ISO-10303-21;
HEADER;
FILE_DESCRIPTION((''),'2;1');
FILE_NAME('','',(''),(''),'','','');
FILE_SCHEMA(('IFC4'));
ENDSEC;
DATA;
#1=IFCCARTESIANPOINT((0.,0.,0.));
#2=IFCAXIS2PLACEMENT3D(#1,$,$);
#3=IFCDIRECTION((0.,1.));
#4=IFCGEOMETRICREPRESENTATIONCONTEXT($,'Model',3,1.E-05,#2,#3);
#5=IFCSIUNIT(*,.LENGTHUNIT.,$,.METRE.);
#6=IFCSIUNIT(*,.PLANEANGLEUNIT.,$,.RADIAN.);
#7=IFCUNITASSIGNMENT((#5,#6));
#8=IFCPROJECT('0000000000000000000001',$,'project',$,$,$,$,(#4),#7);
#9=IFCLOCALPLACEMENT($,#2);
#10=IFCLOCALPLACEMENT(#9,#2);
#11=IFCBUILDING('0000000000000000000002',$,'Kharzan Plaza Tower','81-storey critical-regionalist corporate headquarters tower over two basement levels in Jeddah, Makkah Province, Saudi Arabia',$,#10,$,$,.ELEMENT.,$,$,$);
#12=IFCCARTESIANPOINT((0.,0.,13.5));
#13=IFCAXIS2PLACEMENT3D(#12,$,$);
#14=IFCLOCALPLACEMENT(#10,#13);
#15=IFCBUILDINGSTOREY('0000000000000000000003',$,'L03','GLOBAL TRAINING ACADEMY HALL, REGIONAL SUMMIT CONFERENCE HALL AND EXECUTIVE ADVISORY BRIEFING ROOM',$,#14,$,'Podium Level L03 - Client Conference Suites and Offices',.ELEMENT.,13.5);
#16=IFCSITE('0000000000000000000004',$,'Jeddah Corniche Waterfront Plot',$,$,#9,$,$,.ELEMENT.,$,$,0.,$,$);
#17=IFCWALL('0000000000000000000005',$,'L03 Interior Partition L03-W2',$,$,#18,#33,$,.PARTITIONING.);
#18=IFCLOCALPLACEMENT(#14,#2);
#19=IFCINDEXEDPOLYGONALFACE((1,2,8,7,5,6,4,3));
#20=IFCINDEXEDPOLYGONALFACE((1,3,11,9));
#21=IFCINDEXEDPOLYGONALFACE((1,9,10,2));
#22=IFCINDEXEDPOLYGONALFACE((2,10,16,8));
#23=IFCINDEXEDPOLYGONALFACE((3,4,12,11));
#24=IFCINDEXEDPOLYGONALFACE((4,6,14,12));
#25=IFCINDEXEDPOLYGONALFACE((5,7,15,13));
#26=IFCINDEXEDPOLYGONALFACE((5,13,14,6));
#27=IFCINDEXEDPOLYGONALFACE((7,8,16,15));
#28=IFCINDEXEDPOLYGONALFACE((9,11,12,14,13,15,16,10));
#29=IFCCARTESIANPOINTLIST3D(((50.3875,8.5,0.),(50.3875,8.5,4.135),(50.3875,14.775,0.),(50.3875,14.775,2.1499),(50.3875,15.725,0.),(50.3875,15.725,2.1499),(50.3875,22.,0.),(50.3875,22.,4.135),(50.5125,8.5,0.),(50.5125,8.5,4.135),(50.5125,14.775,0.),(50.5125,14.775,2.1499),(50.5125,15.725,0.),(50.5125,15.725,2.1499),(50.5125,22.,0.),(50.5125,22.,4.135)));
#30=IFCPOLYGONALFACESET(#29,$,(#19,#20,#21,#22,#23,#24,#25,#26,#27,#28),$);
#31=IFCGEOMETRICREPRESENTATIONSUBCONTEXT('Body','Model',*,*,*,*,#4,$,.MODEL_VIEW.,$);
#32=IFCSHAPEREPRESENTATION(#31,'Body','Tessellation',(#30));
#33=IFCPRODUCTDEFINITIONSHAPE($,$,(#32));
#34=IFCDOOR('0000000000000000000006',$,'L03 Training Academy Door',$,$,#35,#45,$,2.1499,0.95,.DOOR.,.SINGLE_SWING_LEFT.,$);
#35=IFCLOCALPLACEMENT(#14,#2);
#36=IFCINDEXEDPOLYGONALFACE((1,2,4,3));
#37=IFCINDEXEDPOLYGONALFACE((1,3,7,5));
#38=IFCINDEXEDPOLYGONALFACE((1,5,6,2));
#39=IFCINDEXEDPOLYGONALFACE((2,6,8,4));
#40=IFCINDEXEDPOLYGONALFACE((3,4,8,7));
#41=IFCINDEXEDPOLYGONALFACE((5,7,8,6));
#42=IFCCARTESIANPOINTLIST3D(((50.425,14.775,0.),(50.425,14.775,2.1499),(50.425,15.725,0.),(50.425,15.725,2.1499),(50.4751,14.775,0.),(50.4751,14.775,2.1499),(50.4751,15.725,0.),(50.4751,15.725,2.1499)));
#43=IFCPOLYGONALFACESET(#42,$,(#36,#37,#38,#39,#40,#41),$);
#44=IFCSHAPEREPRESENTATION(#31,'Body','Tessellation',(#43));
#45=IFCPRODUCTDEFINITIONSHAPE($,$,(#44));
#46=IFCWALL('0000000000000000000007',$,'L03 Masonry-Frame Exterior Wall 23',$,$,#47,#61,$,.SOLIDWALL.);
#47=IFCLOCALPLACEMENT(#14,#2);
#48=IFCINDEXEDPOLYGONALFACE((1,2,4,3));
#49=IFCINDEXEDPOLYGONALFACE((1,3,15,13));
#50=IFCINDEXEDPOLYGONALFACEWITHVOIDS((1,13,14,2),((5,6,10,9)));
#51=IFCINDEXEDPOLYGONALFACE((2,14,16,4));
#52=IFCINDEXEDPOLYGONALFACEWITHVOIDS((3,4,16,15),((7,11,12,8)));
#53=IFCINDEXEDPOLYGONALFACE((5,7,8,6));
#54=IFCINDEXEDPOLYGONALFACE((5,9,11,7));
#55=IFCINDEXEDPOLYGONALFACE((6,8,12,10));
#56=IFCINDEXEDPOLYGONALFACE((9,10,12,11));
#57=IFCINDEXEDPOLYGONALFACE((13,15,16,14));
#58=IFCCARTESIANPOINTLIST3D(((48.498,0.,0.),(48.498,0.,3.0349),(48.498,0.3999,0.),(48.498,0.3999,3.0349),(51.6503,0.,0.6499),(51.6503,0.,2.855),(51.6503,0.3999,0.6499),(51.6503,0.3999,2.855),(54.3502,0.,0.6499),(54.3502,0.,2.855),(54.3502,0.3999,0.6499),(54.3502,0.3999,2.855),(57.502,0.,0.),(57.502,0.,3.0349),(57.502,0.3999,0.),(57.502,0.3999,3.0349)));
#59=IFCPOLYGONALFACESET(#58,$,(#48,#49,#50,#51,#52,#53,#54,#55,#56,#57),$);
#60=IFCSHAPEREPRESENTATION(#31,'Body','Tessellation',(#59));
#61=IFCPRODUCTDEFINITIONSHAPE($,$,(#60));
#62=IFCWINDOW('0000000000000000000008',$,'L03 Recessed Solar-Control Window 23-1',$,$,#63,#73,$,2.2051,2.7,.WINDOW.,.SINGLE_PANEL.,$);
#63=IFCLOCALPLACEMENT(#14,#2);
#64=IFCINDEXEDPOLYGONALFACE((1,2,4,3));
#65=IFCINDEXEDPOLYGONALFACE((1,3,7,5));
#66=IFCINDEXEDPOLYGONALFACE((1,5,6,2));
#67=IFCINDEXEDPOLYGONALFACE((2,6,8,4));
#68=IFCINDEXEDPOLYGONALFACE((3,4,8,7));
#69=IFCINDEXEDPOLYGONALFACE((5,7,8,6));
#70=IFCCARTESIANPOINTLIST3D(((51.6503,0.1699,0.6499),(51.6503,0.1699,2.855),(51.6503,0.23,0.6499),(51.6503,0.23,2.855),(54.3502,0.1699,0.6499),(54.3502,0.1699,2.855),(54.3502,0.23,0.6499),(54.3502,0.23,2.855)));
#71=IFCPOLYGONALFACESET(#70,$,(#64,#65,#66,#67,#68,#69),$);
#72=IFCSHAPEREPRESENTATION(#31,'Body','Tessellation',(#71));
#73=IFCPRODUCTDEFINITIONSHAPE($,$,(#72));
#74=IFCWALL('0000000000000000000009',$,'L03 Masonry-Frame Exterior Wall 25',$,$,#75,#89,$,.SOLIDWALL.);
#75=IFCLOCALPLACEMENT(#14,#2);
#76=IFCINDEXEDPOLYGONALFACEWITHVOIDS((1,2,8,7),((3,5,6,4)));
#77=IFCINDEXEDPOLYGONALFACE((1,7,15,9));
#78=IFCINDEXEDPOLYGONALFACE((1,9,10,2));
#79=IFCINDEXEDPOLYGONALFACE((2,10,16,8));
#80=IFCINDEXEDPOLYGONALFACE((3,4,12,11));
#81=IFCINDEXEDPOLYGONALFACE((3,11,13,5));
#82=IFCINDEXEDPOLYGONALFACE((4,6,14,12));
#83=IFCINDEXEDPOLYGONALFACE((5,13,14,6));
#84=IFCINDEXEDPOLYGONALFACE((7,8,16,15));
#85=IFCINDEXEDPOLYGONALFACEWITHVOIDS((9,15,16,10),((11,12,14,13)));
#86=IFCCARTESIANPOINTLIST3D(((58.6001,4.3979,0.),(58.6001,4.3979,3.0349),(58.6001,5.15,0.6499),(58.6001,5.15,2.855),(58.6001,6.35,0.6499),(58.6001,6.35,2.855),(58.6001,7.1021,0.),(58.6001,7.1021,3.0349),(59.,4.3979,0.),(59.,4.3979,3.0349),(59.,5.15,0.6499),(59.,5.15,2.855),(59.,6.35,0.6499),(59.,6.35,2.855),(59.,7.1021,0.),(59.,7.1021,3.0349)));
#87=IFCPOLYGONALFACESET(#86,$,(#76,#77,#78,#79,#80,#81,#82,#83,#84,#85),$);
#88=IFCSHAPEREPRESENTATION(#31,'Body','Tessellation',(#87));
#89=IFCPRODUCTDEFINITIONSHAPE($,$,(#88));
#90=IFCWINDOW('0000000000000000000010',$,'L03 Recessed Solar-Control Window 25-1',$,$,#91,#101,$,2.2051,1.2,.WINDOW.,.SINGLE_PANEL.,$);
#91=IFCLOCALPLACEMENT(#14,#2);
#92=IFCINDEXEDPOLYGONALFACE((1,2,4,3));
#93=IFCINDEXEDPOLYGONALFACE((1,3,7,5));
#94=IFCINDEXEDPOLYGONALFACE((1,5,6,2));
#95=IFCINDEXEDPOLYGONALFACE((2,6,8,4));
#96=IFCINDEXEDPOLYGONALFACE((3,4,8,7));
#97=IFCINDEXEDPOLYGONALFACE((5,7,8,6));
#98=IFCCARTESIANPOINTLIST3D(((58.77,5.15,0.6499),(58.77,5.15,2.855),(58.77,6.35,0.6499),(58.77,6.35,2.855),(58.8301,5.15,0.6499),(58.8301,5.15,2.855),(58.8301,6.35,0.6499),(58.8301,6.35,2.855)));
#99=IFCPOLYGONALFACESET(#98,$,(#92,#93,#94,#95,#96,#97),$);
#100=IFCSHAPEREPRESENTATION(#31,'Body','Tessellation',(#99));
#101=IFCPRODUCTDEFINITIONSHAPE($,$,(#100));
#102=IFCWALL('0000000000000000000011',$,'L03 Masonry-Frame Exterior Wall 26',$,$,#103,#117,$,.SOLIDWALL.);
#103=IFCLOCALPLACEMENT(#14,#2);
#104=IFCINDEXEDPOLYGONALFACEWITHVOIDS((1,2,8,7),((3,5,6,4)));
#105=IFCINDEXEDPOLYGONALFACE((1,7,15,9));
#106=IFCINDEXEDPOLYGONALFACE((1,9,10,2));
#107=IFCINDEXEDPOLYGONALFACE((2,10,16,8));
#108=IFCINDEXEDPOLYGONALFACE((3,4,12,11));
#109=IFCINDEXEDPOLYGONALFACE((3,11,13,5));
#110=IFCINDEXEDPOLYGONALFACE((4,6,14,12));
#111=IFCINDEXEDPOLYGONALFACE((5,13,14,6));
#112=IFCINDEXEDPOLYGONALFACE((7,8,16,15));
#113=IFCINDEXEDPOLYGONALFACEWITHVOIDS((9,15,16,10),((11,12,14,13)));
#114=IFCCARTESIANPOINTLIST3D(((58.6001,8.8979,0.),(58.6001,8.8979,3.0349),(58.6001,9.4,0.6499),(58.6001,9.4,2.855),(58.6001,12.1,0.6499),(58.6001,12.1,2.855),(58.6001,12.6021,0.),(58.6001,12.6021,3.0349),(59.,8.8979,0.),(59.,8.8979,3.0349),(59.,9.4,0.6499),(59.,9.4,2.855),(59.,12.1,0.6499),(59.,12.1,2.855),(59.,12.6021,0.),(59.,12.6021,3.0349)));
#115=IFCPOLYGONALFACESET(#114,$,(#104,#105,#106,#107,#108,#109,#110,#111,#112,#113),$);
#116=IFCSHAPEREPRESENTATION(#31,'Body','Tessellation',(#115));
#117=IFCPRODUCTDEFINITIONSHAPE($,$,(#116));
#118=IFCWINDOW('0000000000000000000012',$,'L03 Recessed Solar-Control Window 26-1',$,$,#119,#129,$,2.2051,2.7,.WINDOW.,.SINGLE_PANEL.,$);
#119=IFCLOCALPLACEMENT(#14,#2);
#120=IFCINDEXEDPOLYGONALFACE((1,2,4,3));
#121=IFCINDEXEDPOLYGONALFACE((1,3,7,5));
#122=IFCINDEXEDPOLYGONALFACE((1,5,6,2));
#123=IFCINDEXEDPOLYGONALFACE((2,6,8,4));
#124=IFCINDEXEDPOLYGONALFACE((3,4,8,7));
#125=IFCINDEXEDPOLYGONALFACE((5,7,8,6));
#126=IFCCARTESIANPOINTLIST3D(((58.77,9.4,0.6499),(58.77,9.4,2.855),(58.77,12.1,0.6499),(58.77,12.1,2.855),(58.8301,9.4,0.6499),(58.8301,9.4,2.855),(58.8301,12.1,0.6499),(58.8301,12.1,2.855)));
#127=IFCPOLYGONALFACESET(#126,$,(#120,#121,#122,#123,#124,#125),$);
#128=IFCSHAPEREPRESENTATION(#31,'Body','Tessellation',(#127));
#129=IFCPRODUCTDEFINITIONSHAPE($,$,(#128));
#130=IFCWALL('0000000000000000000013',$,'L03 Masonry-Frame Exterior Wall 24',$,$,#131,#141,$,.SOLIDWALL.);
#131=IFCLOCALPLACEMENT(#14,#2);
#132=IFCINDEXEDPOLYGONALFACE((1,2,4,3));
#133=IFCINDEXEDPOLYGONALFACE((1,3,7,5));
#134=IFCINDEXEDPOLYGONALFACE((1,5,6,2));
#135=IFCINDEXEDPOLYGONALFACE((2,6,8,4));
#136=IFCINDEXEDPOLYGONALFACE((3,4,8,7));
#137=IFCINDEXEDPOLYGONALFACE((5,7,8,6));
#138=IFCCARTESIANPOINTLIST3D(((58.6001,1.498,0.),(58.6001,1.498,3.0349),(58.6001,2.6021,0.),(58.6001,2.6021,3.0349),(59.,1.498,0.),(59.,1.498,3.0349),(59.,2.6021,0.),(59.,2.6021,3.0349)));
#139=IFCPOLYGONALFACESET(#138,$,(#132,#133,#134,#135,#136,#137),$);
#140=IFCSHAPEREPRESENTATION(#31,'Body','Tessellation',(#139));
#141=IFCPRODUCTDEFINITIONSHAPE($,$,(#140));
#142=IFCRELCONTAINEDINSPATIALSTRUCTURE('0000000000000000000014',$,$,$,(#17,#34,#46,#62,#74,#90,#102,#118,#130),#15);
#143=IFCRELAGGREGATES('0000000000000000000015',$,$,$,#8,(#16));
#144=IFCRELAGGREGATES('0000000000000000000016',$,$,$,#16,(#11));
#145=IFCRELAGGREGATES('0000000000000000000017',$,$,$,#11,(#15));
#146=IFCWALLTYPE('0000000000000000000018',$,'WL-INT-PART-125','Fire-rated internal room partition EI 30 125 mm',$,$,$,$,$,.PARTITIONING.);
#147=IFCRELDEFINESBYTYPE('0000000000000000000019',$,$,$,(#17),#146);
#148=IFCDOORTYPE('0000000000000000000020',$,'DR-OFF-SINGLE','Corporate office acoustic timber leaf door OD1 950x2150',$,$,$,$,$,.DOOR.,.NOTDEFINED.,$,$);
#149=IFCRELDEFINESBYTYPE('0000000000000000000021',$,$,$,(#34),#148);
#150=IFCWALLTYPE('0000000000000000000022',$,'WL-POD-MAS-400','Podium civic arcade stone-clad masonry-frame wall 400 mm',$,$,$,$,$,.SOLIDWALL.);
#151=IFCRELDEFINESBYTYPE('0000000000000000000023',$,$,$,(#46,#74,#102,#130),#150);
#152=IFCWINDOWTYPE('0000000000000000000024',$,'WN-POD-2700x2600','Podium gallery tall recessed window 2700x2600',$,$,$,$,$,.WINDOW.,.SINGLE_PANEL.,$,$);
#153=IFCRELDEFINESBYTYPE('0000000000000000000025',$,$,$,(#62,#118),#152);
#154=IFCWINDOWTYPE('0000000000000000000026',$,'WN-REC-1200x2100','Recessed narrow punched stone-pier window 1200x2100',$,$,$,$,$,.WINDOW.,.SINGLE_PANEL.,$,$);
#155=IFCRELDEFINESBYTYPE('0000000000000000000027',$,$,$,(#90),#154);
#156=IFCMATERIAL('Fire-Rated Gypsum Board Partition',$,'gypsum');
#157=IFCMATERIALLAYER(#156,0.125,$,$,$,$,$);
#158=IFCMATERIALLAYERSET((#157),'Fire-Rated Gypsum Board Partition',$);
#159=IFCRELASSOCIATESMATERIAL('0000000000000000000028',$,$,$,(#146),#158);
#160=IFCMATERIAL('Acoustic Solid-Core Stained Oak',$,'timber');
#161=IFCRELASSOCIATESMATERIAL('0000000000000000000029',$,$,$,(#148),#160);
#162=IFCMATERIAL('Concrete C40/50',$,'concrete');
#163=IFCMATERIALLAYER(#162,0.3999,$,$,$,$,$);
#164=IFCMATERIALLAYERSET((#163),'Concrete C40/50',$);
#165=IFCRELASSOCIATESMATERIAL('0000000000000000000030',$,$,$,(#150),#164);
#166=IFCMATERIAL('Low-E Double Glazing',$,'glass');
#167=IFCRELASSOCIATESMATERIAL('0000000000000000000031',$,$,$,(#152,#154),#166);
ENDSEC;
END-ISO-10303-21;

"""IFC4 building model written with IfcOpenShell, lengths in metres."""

from ifc_helpers import new_model, si_unit, direction, frame, frame_2d, origin, place, context, subcontext, project, spatial, rectangle, extrude, source, transform, mapped, material, layer, layer_set, type_object, element, fill, save


model = new_model("IFC4")

# Units and contexts
model_context = context("Model", 3, precision=1e-05, world=origin(), true_north=direction((0.0, 1.0)))
body_context = subcontext(model_context, "Body", "Model", "MODEL_VIEW")
ifc_project = project(units=[si_unit("LENGTHUNIT", "METRE"), si_unit("PLANEANGLEUNIT", "RADIAN")], contexts=[model_context])

# Site, building, storey
site_placement = place(None, origin())
site = spatial("IfcSite", under=ifc_project, at=site_placement, Name="Jeddah Corniche Waterfront Plot", CompositionType="ELEMENT", RefElevation=0.0)
building_placement = place(site_placement, origin())
building = spatial("IfcBuilding", under=site, at=building_placement, Name="Kharzan Plaza Tower", Description="81-storey critical-regionalist corporate headquarters tower over two basement levels in Jeddah, Makkah Province, Saudi Arabia", CompositionType="ELEMENT")
storey_placement = place(building_placement, frame((0.0, 0.0, 13.5)))
storey = spatial("IfcBuildingStorey", under=building, at=storey_placement, Name="L03", Description="GLOBAL TRAINING ACADEMY HALL, REGIONAL SUMMIT CONFERENCE HALL AND EXECUTIVE ADVISORY BRIEFING ROOM", LongName="Podium Level L03 - Client Conference Suites and Offices", CompositionType="ELEMENT", Elevation=13.5)

# Wall, opening, door
ifc_material_1 = material(Name="Fire-Rated Gypsum Board Partition", Category="gypsum")
ifc_layer_1 = layer(ifc_material_1, 0.125)
ifc_layer_set_1 = layer_set([ifc_layer_1], Name="Fire-Rated Gypsum Board Partition")
wall_type_1 = type_object("IfcWallType", Name="WL-INT-PART-125", Description="Fire-rated internal room partition EI 30 125 mm", PredefinedType="PARTITIONING", material=ifc_layer_set_1)
wall_1_placement = place(storey_placement, frame((50.45, 8.5, 0.0), z_axis=(0.0, 0.0, 1.0), x_axis=(0.0, 1.0, 0.0)))
wall_1 = element("IfcWall", 1, at=wall_1_placement, inside=storey, type_object=wall_type_1, Name="L03 Interior Partition L03-W2", PredefinedType="PARTITIONING", context=body_context, shape_type="SweptSolid", body=[
    extrude(rectangle(XDim=13.5, YDim=0.125, at=frame_2d((6.75, 0.0))), origin(), (0.0, 0.0, 1.0), 4.135),
])
opening_1_placement = place(wall_1_placement, frame((6.2749, 0.0, 0.0)))
opening_1 = element("IfcOpeningElement", 2, at=opening_1_placement, cuts=wall_1, PredefinedType="OPENING", context=body_context, shape_type="SweptSolid", body=[
    extrude(rectangle(XDim=0.95, YDim=2.1499, at=frame_2d((0.4751, 1.075))), frame((0.0, 0.0725, 0.0), z_axis=(0.0, -1.0, 0.0), x_axis=(1.0, 0.0, 0.0)), (0.0, 0.0, 1.0), 0.145),
])
ifc_material_2 = material(Name="Acoustic Solid-Core Stained Oak", Category="timber")
door_type = type_object("IfcDoorType", Name="DR-OFF-SINGLE", Description="Corporate office acoustic timber leaf door OD1 950x2150", OperationType="NOTDEFINED", PredefinedType="DOOR", material=ifc_material_2)
shared_shape_1 = source(origin(), body_context, "Body", "SweptSolid", [
    extrude(rectangle(XDim=0.95, YDim=2.1499, at=frame_2d((0.4751, 1.075))), frame((0.0, 0.0249, 0.0), z_axis=(0.0, -1.0, 0.0), x_axis=(1.0, 0.0, 0.0)), (0.0, 0.0, 1.0), 0.05),
])
door_1_placement = place(opening_1_placement, origin())
door_1 = element("IfcDoor", 3, at=door_1_placement, inside=storey, type_object=door_type, Name="L03 Training Academy Door", OperationType="SINGLE_SWING_LEFT", OverallHeight=2.1499, OverallWidth=0.95, PredefinedType="DOOR", context=body_context, shape_type="MappedRepresentation", body=[
    mapped(shared_shape_1, transform((0.0, 0.0, 0.0), x_axis=(1.0, 0.0, 0.0), y_axis=(0.0, 1.0, 0.0), z_axis=(0.0, 0.0, 1.0))),
])
fill(opening_1, door_1)

# Walls, openings, windows
ifc_material_3 = material(Name="Concrete C40/50", Category="concrete")
ifc_layer_2 = layer(ifc_material_3, 0.3999)
ifc_layer_set_2 = layer_set([ifc_layer_2], Name="Concrete C40/50")
wall_type_2 = type_object("IfcWallType", Name="WL-POD-MAS-400", Description="Podium civic arcade stone-clad masonry-frame wall 400 mm", PredefinedType="SOLIDWALL", material=ifc_layer_set_2)
wall_2_placement = place(storey_placement, frame((48.498, 0.2, 0.0), z_axis=(0.0, 0.0, 1.0), x_axis=(1.0, 0.0, 0.0)))
wall_2 = element("IfcWall", 4, at=wall_2_placement, inside=storey, type_object=wall_type_2, Name="L03 Masonry-Frame Exterior Wall 23", PredefinedType="SOLIDWALL", context=body_context, shape_type="SweptSolid", body=[
    extrude(rectangle(XDim=9.0039, YDim=0.3999, at=frame_2d((4.502, 0.0))), origin(), (0.0, 0.0, 1.0), 3.0349),
])
opening_2_placement = place(wall_2_placement, frame((3.1521, 0.0, 0.6499)))
opening_2 = element("IfcOpeningElement", 5, at=opening_2_placement, cuts=wall_2, PredefinedType="OPENING", context=body_context, shape_type="SweptSolid", body=[
    extrude(rectangle(XDim=2.7, YDim=2.2051, at=frame_2d((1.3501, 1.1025))), frame((0.0, 0.21, 0.0), z_axis=(0.0, -1.0, 0.0), x_axis=(1.0, 0.0, 0.0)), (0.0, 0.0, 1.0), 0.4199),
])
ifc_material_4 = material(Name="Low-E Double Glazing", Category="glass")
window_type_1 = type_object("IfcWindowType", Name="WN-POD-2700x2600", Description="Podium gallery tall recessed window 2700x2600", PartitioningType="SINGLE_PANEL", PredefinedType="WINDOW", material=ifc_material_4)
shared_shape_2 = source(origin(), body_context, "Body", "SweptSolid", [
    extrude(rectangle(XDim=2.7, YDim=2.2051, at=frame_2d((1.3501, 1.1025))), frame((0.0, 0.03, 0.0), z_axis=(0.0, -1.0, 0.0), x_axis=(1.0, 0.0, 0.0)), (0.0, 0.0, 1.0), 0.0601),
])
window_1_placement = place(opening_2_placement, origin())
window_1 = element("IfcWindow", 6, at=window_1_placement, inside=storey, type_object=window_type_1, Name="L03 Recessed Solar-Control Window 23-1", OverallHeight=2.2051, OverallWidth=2.7, PartitioningType="SINGLE_PANEL", PredefinedType="WINDOW", context=body_context, shape_type="MappedRepresentation", body=[
    mapped(shared_shape_2, transform((0.0, 0.0, 0.0), x_axis=(1.0, 0.0, 0.0), y_axis=(0.0, 1.0, 0.0), z_axis=(0.0, 0.0, 1.0))),
])
fill(opening_2, window_1)
wall_3_placement = place(storey_placement, frame((58.8, 4.3979, 0.0), z_axis=(0.0, 0.0, 1.0), x_axis=(0.0, 1.0, 0.0)))
wall_3 = element("IfcWall", 7, at=wall_3_placement, inside=storey, type_object=wall_type_2, Name="L03 Masonry-Frame Exterior Wall 25", PredefinedType="SOLIDWALL", context=body_context, shape_type="SweptSolid", body=[
    extrude(rectangle(XDim=2.7041, YDim=0.3999, at=frame_2d((1.3521, 0.0))), origin(), (0.0, 0.0, 1.0), 3.0349),
])
opening_3_placement = place(wall_3_placement, frame((0.752, 0.0, 0.6499)))
opening_3 = element("IfcOpeningElement", 8, at=opening_3_placement, cuts=wall_3, PredefinedType="OPENING", context=body_context, shape_type="SweptSolid", body=[
    extrude(rectangle(XDim=1.2, YDim=2.2051, at=frame_2d((0.6001, 1.1025))), frame((0.0, 0.21, 0.0), z_axis=(0.0, -1.0, 0.0), x_axis=(1.0, 0.0, 0.0)), (0.0, 0.0, 1.0), 0.4199),
])
window_type_2 = type_object("IfcWindowType", Name="WN-REC-1200x2100", Description="Recessed narrow punched stone-pier window 1200x2100", PartitioningType="SINGLE_PANEL", PredefinedType="WINDOW", material=ifc_material_4)
shared_shape_3 = source(origin(), body_context, "Body", "SweptSolid", [
    extrude(rectangle(XDim=1.2, YDim=2.2051, at=frame_2d((0.6001, 1.1025))), frame((0.0, 0.03, 0.0), z_axis=(0.0, -1.0, 0.0), x_axis=(1.0, 0.0, 0.0)), (0.0, 0.0, 1.0), 0.0601),
])
window_2_placement = place(opening_3_placement, origin())
window_2 = element("IfcWindow", 9, at=window_2_placement, inside=storey, type_object=window_type_2, Name="L03 Recessed Solar-Control Window 25-1", OverallHeight=2.2051, OverallWidth=1.2, PartitioningType="SINGLE_PANEL", PredefinedType="WINDOW", context=body_context, shape_type="MappedRepresentation", body=[
    mapped(shared_shape_3, transform((0.0, 0.0, 0.0), x_axis=(1.0, 0.0, 0.0), y_axis=(0.0, 1.0, 0.0), z_axis=(0.0, 0.0, 1.0))),
])
fill(opening_3, window_2)
wall_4_placement = place(storey_placement, frame((58.8, 8.8979, 0.0), z_axis=(0.0, 0.0, 1.0), x_axis=(0.0, 1.0, 0.0)))
wall_4 = element("IfcWall", 10, at=wall_4_placement, inside=storey, type_object=wall_type_2, Name="L03 Masonry-Frame Exterior Wall 26", PredefinedType="SOLIDWALL", context=body_context, shape_type="SweptSolid", body=[
    extrude(rectangle(XDim=3.7041, YDim=0.3999, at=frame_2d((1.8521, 0.0))), origin(), (0.0, 0.0, 1.0), 3.0349),
])
opening_4_placement = place(wall_4_placement, frame((0.502, 0.0, 0.6499)))
opening_4 = element("IfcOpeningElement", 11, at=opening_4_placement, cuts=wall_4, PredefinedType="OPENING", context=body_context, shape_type="SweptSolid", body=[
    extrude(rectangle(XDim=2.7, YDim=2.2051, at=frame_2d((1.3501, 1.1025))), frame((0.0, 0.21, 0.0), z_axis=(0.0, -1.0, 0.0), x_axis=(1.0, 0.0, 0.0)), (0.0, 0.0, 1.0), 0.4199),
])
window_3_placement = place(opening_4_placement, origin())
window_3 = element("IfcWindow", 12, at=window_3_placement, inside=storey, type_object=window_type_1, Name="L03 Recessed Solar-Control Window 26-1", OverallHeight=2.2051, OverallWidth=2.7, PartitioningType="SINGLE_PANEL", PredefinedType="WINDOW", context=body_context, shape_type="MappedRepresentation", body=[
    mapped(shared_shape_2, transform((0.0, 0.0, 0.0), x_axis=(1.0, 0.0, 0.0), y_axis=(0.0, 1.0, 0.0), z_axis=(0.0, 0.0, 1.0))),
])
fill(opening_4, window_3)

# Wall
shared_shape_4 = source(origin(), body_context, "Body", "SweptSolid", [
    extrude(rectangle(XDim=1.104, YDim=0.3999, at=frame_2d((0.552, 0.0))), origin(), (0.0, 0.0, 1.0), 3.0349),
])
wall_5_placement = place(storey_placement, frame((58.8, 1.498, 0.0), z_axis=(0.0, 0.0, 1.0), x_axis=(0.0, 1.0, 0.0)))
element("IfcWall", 13, at=wall_5_placement, inside=storey, type_object=wall_type_2, Name="L03 Masonry-Frame Exterior Wall 24", PredefinedType="SOLIDWALL", context=body_context, shape_type="MappedRepresentation", body=[
    mapped(shared_shape_4, transform((0.0, 0.0, 0.0), x_axis=(1.0, 0.0, 0.0), y_axis=(0.0, 1.0, 0.0), z_axis=(0.0, 0.0, 1.0))),
])

save(model, "model.ifc")
